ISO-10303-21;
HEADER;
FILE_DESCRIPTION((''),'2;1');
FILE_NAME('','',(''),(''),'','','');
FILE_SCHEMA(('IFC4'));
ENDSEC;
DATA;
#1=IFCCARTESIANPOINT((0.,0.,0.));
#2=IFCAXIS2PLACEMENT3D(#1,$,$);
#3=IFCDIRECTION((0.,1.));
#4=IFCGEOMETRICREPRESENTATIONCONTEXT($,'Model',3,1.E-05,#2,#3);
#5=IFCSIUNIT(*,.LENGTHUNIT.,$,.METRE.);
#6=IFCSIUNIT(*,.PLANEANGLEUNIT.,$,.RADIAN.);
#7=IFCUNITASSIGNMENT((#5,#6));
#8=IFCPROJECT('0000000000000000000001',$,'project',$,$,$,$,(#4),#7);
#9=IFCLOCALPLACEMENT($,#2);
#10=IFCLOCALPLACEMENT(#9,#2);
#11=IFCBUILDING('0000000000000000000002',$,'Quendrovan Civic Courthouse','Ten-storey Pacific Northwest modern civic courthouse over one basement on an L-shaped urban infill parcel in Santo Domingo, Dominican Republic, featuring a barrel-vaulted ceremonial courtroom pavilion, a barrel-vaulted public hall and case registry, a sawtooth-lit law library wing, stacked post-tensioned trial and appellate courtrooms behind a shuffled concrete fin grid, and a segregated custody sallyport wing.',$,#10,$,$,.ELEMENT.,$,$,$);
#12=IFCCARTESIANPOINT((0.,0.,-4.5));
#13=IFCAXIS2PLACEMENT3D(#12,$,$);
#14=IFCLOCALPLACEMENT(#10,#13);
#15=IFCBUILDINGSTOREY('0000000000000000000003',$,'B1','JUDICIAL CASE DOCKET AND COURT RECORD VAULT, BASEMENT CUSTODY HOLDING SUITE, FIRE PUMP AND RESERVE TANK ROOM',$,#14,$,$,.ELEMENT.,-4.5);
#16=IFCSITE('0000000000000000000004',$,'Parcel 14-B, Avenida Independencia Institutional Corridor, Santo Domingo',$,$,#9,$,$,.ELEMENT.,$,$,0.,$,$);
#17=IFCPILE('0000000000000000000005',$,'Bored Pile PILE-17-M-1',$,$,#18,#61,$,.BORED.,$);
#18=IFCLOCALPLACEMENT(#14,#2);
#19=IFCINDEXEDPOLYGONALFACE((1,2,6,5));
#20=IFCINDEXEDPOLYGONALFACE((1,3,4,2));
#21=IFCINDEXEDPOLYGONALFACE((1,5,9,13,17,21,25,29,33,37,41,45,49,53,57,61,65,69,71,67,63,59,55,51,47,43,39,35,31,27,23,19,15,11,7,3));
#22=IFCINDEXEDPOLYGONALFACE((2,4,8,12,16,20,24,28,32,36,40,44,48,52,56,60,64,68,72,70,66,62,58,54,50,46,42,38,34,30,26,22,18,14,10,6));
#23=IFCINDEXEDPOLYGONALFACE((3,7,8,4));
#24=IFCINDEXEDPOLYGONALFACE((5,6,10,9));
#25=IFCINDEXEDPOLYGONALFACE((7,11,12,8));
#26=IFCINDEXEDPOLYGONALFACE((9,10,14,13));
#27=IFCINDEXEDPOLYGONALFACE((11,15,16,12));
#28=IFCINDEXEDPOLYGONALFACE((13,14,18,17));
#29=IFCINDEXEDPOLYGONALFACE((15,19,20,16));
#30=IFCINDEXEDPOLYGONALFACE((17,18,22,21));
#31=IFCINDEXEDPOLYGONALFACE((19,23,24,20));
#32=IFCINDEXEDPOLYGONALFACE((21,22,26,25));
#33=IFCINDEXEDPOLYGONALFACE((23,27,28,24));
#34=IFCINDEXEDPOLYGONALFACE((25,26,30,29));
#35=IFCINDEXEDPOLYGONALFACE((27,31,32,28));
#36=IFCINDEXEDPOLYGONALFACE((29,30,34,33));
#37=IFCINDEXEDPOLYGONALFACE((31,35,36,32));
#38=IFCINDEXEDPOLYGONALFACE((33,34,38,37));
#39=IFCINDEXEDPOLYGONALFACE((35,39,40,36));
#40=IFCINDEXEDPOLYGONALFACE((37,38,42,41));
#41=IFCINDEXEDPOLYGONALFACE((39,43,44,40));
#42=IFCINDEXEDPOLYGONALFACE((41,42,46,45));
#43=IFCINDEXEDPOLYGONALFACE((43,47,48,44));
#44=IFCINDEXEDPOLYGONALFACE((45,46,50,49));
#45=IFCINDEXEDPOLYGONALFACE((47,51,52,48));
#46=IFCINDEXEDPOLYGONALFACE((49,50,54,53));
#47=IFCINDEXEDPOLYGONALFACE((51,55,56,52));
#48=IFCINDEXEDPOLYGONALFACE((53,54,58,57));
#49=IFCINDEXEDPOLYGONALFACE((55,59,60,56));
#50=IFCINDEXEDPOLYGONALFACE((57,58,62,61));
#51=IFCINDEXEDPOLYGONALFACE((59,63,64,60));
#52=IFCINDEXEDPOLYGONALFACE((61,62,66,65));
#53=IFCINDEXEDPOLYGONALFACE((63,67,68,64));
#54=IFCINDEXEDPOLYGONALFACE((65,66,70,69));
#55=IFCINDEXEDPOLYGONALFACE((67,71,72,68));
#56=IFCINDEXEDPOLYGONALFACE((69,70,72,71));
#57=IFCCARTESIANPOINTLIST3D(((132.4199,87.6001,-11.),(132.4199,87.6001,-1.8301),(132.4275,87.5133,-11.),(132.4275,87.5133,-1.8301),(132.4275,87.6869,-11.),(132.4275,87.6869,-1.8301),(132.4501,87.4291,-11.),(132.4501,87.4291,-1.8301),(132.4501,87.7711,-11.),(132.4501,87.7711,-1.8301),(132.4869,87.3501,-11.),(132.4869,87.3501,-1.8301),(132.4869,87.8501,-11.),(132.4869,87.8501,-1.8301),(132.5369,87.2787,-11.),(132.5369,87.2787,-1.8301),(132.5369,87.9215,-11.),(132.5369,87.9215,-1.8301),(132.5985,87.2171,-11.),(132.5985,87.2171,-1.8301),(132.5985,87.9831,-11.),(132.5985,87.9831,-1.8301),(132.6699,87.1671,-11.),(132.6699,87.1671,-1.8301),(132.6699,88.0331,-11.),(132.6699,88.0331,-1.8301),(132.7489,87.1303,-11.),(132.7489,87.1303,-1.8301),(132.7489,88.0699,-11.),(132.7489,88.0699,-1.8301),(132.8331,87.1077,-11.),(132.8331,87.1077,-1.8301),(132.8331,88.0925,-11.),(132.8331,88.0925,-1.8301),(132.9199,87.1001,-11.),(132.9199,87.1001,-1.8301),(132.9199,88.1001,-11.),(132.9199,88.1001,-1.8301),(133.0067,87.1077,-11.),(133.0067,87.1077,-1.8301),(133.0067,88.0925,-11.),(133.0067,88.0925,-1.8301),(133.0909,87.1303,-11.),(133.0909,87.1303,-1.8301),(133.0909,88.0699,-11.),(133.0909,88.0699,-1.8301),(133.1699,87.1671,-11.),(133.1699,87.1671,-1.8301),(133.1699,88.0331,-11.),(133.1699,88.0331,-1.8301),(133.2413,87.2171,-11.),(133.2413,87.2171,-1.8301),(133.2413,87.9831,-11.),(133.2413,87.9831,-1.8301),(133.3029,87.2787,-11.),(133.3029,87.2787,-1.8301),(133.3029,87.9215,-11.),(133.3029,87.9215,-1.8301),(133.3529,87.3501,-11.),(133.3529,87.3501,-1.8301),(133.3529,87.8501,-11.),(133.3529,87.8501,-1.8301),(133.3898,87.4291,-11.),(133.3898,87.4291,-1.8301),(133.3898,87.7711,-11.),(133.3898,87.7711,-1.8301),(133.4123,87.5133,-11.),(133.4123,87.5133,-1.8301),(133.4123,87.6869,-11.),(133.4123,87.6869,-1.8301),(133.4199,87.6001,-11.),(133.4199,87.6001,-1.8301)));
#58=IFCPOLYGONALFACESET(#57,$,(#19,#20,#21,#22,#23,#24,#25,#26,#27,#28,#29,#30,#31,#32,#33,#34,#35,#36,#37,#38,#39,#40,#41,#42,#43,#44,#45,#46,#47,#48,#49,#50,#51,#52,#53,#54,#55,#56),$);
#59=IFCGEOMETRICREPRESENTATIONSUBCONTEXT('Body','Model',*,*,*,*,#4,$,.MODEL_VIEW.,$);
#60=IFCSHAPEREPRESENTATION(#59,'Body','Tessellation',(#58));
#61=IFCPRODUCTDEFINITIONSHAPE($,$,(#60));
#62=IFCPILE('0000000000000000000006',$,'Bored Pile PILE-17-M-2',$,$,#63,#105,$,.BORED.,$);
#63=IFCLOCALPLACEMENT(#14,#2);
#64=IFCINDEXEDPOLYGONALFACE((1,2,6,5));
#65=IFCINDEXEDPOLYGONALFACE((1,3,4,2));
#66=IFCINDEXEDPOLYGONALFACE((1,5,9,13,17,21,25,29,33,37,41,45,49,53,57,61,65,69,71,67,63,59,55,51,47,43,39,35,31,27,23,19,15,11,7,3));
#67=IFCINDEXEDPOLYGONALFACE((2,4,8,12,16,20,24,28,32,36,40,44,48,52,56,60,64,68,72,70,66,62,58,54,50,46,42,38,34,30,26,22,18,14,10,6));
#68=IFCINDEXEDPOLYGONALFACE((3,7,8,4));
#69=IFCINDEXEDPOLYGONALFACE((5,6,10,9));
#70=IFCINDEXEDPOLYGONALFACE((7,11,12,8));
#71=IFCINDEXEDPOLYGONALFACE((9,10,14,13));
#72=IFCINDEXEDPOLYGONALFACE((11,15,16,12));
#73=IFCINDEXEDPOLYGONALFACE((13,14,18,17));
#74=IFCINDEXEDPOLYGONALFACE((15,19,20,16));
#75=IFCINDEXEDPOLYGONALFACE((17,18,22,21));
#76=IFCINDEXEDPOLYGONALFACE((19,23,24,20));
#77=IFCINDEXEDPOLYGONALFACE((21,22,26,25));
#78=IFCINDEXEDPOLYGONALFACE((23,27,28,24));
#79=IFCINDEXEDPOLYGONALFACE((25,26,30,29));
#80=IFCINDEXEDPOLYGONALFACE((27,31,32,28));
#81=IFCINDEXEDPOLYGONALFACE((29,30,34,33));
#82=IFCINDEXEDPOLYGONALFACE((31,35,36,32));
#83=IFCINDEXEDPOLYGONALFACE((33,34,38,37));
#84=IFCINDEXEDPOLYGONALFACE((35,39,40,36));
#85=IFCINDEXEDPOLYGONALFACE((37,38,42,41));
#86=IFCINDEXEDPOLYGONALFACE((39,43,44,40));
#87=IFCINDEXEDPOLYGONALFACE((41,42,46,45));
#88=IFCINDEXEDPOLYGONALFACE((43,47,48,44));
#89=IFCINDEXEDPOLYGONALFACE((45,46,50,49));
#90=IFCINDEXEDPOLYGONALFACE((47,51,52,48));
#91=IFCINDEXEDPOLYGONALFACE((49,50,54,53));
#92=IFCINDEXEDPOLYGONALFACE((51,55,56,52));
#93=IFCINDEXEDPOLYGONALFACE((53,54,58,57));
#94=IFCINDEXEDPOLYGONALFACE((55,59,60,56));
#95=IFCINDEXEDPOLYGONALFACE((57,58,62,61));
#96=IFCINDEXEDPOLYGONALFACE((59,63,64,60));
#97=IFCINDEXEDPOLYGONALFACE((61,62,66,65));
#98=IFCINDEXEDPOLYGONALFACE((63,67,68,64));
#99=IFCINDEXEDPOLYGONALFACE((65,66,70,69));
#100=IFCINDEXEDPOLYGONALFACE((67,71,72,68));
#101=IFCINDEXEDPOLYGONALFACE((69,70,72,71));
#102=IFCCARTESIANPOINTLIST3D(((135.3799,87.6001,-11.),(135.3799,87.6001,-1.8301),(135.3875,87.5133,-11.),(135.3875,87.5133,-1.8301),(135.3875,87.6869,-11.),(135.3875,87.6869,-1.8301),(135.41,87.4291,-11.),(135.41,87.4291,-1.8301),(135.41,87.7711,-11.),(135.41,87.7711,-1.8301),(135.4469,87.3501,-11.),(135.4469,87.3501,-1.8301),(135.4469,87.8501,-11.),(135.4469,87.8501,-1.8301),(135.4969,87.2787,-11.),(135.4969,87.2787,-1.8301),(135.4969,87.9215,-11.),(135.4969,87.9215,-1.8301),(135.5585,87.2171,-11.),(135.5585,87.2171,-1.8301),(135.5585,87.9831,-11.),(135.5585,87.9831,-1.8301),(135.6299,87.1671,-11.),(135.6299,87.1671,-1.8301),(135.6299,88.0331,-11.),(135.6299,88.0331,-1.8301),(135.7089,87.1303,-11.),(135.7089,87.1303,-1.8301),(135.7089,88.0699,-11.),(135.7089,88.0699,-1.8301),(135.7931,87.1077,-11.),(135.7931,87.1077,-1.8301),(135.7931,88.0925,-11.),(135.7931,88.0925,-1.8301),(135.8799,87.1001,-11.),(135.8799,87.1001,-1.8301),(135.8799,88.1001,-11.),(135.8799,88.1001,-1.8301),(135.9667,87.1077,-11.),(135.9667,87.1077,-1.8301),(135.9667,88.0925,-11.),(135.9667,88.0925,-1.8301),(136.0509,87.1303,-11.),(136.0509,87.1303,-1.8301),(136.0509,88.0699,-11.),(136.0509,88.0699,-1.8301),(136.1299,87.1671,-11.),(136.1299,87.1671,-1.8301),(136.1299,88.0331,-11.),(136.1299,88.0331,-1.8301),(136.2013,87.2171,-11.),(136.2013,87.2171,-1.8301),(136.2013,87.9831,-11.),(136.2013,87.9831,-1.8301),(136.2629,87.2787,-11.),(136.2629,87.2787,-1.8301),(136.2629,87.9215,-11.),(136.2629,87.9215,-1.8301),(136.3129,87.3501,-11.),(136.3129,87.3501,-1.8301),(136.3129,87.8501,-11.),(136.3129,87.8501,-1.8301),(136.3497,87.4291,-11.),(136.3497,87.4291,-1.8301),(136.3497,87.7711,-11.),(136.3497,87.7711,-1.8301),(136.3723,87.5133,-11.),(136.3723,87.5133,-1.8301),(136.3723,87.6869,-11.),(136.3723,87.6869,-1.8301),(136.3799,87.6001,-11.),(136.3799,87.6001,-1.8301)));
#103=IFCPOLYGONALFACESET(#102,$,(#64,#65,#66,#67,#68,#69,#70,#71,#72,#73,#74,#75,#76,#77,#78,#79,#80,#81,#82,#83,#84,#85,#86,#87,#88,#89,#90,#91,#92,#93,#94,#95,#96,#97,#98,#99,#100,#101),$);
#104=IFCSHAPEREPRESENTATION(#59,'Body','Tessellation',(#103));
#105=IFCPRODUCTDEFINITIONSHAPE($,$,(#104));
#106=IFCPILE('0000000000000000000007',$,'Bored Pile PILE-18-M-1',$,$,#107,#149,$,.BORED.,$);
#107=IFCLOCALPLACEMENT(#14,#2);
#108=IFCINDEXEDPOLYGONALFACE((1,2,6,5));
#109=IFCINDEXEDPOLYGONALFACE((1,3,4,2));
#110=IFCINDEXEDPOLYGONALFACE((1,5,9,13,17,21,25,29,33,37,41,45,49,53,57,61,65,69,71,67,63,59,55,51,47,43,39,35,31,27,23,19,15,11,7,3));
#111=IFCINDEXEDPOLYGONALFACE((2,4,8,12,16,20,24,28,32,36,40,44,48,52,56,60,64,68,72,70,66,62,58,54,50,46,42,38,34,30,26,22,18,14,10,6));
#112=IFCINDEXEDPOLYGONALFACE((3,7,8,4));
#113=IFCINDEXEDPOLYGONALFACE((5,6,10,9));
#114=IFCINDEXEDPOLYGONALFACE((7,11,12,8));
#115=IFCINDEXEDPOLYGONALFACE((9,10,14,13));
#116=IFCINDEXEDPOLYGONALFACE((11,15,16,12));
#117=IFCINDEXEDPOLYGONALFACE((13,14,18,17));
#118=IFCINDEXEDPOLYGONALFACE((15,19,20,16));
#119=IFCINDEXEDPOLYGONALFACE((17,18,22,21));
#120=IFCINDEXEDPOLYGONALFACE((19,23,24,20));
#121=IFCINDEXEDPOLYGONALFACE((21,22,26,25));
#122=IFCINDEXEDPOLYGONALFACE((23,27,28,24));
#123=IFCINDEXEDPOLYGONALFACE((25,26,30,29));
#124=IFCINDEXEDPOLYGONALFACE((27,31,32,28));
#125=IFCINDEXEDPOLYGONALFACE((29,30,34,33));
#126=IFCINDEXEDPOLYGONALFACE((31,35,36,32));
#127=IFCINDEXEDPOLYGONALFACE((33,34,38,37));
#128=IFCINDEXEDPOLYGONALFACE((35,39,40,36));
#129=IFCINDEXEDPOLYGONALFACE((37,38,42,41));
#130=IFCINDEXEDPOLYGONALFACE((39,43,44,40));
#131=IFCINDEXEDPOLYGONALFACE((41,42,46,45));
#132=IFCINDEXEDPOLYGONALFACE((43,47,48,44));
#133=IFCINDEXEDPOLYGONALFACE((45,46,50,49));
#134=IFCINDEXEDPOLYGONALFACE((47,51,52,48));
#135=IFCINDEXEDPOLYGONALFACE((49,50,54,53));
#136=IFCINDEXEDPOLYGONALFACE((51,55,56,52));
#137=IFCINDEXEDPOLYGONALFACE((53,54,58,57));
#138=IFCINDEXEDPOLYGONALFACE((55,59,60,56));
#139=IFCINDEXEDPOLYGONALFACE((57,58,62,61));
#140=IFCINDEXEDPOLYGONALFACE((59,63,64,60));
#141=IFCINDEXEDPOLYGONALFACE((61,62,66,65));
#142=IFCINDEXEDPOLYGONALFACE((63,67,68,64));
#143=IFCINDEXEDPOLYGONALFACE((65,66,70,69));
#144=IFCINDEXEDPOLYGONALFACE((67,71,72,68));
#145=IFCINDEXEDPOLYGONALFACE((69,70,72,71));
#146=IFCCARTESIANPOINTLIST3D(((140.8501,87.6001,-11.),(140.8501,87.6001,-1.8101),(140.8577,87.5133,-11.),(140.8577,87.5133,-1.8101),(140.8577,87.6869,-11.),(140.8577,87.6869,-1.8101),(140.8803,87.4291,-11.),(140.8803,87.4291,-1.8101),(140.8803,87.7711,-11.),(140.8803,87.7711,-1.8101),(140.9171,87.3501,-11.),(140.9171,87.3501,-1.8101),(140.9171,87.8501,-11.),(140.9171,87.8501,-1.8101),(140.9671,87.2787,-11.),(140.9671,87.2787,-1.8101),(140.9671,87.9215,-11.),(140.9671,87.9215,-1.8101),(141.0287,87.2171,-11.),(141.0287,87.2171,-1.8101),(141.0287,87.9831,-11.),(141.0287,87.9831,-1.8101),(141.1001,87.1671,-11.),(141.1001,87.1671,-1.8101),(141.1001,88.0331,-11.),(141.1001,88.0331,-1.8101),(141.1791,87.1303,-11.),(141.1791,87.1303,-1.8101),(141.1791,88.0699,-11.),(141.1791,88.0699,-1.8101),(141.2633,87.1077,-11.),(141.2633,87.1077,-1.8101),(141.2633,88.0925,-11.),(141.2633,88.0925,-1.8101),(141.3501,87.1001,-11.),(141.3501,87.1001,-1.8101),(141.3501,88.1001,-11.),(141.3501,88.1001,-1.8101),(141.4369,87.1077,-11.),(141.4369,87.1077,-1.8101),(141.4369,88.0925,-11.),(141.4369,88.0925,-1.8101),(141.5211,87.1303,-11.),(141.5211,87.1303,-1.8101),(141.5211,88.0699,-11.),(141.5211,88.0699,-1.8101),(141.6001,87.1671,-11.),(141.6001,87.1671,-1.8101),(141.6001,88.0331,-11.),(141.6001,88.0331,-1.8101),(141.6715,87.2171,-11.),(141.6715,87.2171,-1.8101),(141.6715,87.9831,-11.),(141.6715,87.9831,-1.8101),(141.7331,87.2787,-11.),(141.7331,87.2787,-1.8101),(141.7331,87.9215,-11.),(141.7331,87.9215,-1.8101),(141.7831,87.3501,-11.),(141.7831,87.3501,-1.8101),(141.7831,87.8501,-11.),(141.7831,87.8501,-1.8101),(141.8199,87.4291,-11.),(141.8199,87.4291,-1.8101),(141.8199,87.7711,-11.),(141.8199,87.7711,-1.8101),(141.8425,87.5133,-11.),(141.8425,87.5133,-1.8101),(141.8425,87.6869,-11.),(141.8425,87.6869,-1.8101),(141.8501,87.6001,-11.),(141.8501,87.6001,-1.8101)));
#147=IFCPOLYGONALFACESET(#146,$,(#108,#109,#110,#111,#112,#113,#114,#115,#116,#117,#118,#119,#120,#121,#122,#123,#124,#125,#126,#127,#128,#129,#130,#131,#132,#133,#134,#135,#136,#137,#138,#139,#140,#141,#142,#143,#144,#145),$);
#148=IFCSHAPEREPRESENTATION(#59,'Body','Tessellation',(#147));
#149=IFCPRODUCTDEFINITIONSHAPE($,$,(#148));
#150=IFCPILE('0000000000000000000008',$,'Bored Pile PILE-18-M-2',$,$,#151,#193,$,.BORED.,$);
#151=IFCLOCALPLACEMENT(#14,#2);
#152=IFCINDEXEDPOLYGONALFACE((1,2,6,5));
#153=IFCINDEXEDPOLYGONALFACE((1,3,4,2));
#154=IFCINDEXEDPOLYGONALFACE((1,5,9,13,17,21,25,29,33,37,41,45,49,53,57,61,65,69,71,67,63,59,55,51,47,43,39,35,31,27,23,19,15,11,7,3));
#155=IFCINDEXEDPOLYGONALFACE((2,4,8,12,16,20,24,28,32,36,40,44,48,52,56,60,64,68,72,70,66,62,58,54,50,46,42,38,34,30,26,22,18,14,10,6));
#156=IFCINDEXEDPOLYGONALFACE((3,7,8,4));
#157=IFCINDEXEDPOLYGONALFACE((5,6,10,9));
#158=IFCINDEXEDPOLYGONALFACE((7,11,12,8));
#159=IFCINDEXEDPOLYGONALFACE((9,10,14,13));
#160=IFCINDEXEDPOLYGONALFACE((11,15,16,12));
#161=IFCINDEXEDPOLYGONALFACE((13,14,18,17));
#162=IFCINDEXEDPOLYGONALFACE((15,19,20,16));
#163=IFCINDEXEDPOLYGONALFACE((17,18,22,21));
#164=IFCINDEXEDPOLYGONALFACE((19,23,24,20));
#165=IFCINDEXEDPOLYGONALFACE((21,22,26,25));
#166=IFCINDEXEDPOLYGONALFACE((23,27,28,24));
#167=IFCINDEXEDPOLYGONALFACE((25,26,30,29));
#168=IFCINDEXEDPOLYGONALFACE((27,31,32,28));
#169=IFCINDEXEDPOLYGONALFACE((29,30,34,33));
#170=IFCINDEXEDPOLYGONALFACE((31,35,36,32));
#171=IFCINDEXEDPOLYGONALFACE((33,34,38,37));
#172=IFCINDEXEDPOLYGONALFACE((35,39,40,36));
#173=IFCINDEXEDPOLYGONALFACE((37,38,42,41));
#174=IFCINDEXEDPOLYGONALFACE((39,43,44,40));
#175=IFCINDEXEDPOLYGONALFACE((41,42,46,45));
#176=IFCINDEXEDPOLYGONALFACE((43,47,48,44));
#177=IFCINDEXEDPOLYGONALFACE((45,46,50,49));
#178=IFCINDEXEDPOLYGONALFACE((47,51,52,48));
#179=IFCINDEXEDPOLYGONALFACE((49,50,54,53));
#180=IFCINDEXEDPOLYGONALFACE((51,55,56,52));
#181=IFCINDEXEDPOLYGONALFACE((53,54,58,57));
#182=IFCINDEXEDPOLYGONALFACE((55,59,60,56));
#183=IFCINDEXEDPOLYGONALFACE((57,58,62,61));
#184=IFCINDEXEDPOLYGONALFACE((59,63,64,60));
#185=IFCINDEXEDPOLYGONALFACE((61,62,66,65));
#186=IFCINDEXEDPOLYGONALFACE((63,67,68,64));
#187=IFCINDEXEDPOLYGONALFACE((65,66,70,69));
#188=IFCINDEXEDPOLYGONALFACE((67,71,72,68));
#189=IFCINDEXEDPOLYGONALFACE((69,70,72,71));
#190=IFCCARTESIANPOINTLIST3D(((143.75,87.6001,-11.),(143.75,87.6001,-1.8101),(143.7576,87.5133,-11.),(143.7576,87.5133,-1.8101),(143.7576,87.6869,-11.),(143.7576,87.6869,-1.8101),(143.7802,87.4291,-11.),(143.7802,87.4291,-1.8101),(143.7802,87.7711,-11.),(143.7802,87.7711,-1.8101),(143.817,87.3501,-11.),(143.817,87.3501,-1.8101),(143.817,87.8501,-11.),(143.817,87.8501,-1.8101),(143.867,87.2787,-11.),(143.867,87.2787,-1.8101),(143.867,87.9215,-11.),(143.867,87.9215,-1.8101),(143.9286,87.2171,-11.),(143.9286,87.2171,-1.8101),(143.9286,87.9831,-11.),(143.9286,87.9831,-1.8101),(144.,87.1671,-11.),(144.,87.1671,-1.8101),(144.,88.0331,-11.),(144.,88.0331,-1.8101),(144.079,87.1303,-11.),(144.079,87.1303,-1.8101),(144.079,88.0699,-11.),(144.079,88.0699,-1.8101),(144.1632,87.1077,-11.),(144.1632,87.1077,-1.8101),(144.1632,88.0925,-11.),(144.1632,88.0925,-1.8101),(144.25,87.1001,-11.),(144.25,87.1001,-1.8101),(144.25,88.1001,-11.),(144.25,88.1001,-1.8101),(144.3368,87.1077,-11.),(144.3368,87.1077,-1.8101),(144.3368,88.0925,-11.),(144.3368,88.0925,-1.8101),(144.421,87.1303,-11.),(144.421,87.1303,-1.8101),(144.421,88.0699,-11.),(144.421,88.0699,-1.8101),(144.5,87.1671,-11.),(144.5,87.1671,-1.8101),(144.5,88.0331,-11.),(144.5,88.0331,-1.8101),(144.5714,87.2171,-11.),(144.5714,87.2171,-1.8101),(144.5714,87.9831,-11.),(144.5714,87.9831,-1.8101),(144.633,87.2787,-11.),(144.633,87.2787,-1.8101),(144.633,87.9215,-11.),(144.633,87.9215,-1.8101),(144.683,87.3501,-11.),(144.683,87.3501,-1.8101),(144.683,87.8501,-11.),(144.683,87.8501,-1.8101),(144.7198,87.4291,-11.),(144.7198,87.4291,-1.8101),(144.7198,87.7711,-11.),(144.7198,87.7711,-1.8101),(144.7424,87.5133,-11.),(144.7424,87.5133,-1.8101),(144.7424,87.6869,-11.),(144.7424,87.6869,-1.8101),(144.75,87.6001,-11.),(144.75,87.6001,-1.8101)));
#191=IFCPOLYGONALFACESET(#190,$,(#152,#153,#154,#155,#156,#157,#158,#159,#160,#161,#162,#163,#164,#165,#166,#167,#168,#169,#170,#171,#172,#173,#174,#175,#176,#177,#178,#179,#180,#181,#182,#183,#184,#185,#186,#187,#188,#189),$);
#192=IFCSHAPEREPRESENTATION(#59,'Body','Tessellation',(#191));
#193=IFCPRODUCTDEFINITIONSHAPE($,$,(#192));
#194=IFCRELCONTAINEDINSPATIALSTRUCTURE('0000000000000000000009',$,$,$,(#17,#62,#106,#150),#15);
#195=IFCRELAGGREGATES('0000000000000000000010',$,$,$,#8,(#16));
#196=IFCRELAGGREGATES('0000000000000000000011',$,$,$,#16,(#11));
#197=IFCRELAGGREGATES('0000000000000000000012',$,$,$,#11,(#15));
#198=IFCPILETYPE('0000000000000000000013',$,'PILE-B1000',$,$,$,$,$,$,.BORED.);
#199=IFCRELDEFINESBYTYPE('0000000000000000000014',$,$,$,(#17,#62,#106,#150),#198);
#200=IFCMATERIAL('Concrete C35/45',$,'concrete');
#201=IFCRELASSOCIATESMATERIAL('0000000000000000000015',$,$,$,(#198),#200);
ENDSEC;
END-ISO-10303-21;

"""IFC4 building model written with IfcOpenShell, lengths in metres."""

from ifc_helpers import new_model, si_unit, direction, frame, origin, origin_2d, place, context, subcontext, project, spatial, circle, extrude, material, material_profile, profile_set, type_object, element, save


model = new_model("IFC4")

# Units and contexts
model_context = context("Model", 3, precision=1e-05, world=origin(), true_north=direction((0.0, 1.0)))
body_context = subcontext(model_context, "Body", "Model", "MODEL_VIEW")
ifc_project = project(units=[si_unit("LENGTHUNIT", "METRE"), si_unit("PLANEANGLEUNIT", "RADIAN")], contexts=[model_context])

# Site, building, storey
site_placement = place(None, origin())
site = spatial("IfcSite", under=ifc_project, at=site_placement, Name="Parcel 14-B, Avenida Independencia Institutional Corridor, Santo Domingo", CompositionType="ELEMENT", RefElevation=0.0)
building_placement = place(site_placement, origin())
building = spatial("IfcBuilding", under=site, at=building_placement, Name="Quendrovan Civic Courthouse", Description="Ten-storey Pacific Northwest modern civic courthouse over one basement on an L-shaped urban infill parcel in Santo Domingo, Dominican Republic, featuring a barrel-vaulted ceremonial courtroom pavilion, a barrel-vaulted public hall and case registry, a sawtooth-lit law library wing, stacked post-tensioned trial and appellate courtrooms behind a shuffled concrete fin grid, and a segregated custody sallyport wing.", CompositionType="ELEMENT")
storey_placement = place(building_placement, frame((0.0, 0.0, -4.5)))
storey = spatial("IfcBuildingStorey", under=building, at=storey_placement, Name="B1", Description="JUDICIAL CASE DOCKET AND COURT RECORD VAULT, BASEMENT CUSTODY HOLDING SUITE, FIRE PUMP AND RESERVE TANK ROOM", CompositionType="ELEMENT", Elevation=-4.5)

# Shared definitions
ifc_material_1 = material(Name="Concrete C35/45", Category="concrete")

# Piles
ifc_material_profile_1 = material_profile(ifc_material_1, circle(Radius=0.5, at=origin_2d()), Name="PILE-D1000")
ifc_profile_set_1 = profile_set([ifc_material_profile_1], Name="Concrete C35/45")
pile_type = type_object("IfcPileType", Name="PILE-B1000", PredefinedType="BORED", material=ifc_profile_set_1)
for number, where, z_axis, x_axis, name in (
    (1, (132.9199, 87.6001, -1.8301), (0.0, 0.0, -1.0), (1.0, 0.0, 0.0), "Bored Pile PILE-17-M-1"),
    (2, (135.8799, 87.6001, -1.8301), (0.0, 0.0, -1.0), (1.0, 0.0, 0.0), "Bored Pile PILE-17-M-2"),
):
    element("IfcPile", number, at=place(storey_placement, frame(where, z_axis=z_axis, x_axis=x_axis)), inside=storey, type_object=pile_type, Name=name, PredefinedType="BORED", context=body_context, shape_type="SweptSolid", body=[
        extrude(circle(Radius=0.5, at=origin_2d()), origin(), (0.0, 0.0, 1.0), 9.1699),
    ])
for number, where, z_axis, x_axis, name in (
    (3, (141.3501, 87.6001, -1.8101), (0.0, 0.0, -1.0), (1.0, 0.0, 0.0), "Bored Pile PILE-18-M-1"),
    (4, (144.25, 87.6001, -1.8101), (0.0, 0.0, -1.0), (1.0, 0.0, 0.0), "Bored Pile PILE-18-M-2"),
):
    element("IfcPile", number, at=place(storey_placement, frame(where, z_axis=z_axis, x_axis=x_axis)), inside=storey, type_object=pile_type, Name=name, PredefinedType="BORED", context=body_context, shape_type="SweptSolid", body=[
        extrude(circle(Radius=0.5, at=origin_2d()), origin(), (0.0, 0.0, 1.0), 9.1899),
    ])

save(model, "model.ifc")
